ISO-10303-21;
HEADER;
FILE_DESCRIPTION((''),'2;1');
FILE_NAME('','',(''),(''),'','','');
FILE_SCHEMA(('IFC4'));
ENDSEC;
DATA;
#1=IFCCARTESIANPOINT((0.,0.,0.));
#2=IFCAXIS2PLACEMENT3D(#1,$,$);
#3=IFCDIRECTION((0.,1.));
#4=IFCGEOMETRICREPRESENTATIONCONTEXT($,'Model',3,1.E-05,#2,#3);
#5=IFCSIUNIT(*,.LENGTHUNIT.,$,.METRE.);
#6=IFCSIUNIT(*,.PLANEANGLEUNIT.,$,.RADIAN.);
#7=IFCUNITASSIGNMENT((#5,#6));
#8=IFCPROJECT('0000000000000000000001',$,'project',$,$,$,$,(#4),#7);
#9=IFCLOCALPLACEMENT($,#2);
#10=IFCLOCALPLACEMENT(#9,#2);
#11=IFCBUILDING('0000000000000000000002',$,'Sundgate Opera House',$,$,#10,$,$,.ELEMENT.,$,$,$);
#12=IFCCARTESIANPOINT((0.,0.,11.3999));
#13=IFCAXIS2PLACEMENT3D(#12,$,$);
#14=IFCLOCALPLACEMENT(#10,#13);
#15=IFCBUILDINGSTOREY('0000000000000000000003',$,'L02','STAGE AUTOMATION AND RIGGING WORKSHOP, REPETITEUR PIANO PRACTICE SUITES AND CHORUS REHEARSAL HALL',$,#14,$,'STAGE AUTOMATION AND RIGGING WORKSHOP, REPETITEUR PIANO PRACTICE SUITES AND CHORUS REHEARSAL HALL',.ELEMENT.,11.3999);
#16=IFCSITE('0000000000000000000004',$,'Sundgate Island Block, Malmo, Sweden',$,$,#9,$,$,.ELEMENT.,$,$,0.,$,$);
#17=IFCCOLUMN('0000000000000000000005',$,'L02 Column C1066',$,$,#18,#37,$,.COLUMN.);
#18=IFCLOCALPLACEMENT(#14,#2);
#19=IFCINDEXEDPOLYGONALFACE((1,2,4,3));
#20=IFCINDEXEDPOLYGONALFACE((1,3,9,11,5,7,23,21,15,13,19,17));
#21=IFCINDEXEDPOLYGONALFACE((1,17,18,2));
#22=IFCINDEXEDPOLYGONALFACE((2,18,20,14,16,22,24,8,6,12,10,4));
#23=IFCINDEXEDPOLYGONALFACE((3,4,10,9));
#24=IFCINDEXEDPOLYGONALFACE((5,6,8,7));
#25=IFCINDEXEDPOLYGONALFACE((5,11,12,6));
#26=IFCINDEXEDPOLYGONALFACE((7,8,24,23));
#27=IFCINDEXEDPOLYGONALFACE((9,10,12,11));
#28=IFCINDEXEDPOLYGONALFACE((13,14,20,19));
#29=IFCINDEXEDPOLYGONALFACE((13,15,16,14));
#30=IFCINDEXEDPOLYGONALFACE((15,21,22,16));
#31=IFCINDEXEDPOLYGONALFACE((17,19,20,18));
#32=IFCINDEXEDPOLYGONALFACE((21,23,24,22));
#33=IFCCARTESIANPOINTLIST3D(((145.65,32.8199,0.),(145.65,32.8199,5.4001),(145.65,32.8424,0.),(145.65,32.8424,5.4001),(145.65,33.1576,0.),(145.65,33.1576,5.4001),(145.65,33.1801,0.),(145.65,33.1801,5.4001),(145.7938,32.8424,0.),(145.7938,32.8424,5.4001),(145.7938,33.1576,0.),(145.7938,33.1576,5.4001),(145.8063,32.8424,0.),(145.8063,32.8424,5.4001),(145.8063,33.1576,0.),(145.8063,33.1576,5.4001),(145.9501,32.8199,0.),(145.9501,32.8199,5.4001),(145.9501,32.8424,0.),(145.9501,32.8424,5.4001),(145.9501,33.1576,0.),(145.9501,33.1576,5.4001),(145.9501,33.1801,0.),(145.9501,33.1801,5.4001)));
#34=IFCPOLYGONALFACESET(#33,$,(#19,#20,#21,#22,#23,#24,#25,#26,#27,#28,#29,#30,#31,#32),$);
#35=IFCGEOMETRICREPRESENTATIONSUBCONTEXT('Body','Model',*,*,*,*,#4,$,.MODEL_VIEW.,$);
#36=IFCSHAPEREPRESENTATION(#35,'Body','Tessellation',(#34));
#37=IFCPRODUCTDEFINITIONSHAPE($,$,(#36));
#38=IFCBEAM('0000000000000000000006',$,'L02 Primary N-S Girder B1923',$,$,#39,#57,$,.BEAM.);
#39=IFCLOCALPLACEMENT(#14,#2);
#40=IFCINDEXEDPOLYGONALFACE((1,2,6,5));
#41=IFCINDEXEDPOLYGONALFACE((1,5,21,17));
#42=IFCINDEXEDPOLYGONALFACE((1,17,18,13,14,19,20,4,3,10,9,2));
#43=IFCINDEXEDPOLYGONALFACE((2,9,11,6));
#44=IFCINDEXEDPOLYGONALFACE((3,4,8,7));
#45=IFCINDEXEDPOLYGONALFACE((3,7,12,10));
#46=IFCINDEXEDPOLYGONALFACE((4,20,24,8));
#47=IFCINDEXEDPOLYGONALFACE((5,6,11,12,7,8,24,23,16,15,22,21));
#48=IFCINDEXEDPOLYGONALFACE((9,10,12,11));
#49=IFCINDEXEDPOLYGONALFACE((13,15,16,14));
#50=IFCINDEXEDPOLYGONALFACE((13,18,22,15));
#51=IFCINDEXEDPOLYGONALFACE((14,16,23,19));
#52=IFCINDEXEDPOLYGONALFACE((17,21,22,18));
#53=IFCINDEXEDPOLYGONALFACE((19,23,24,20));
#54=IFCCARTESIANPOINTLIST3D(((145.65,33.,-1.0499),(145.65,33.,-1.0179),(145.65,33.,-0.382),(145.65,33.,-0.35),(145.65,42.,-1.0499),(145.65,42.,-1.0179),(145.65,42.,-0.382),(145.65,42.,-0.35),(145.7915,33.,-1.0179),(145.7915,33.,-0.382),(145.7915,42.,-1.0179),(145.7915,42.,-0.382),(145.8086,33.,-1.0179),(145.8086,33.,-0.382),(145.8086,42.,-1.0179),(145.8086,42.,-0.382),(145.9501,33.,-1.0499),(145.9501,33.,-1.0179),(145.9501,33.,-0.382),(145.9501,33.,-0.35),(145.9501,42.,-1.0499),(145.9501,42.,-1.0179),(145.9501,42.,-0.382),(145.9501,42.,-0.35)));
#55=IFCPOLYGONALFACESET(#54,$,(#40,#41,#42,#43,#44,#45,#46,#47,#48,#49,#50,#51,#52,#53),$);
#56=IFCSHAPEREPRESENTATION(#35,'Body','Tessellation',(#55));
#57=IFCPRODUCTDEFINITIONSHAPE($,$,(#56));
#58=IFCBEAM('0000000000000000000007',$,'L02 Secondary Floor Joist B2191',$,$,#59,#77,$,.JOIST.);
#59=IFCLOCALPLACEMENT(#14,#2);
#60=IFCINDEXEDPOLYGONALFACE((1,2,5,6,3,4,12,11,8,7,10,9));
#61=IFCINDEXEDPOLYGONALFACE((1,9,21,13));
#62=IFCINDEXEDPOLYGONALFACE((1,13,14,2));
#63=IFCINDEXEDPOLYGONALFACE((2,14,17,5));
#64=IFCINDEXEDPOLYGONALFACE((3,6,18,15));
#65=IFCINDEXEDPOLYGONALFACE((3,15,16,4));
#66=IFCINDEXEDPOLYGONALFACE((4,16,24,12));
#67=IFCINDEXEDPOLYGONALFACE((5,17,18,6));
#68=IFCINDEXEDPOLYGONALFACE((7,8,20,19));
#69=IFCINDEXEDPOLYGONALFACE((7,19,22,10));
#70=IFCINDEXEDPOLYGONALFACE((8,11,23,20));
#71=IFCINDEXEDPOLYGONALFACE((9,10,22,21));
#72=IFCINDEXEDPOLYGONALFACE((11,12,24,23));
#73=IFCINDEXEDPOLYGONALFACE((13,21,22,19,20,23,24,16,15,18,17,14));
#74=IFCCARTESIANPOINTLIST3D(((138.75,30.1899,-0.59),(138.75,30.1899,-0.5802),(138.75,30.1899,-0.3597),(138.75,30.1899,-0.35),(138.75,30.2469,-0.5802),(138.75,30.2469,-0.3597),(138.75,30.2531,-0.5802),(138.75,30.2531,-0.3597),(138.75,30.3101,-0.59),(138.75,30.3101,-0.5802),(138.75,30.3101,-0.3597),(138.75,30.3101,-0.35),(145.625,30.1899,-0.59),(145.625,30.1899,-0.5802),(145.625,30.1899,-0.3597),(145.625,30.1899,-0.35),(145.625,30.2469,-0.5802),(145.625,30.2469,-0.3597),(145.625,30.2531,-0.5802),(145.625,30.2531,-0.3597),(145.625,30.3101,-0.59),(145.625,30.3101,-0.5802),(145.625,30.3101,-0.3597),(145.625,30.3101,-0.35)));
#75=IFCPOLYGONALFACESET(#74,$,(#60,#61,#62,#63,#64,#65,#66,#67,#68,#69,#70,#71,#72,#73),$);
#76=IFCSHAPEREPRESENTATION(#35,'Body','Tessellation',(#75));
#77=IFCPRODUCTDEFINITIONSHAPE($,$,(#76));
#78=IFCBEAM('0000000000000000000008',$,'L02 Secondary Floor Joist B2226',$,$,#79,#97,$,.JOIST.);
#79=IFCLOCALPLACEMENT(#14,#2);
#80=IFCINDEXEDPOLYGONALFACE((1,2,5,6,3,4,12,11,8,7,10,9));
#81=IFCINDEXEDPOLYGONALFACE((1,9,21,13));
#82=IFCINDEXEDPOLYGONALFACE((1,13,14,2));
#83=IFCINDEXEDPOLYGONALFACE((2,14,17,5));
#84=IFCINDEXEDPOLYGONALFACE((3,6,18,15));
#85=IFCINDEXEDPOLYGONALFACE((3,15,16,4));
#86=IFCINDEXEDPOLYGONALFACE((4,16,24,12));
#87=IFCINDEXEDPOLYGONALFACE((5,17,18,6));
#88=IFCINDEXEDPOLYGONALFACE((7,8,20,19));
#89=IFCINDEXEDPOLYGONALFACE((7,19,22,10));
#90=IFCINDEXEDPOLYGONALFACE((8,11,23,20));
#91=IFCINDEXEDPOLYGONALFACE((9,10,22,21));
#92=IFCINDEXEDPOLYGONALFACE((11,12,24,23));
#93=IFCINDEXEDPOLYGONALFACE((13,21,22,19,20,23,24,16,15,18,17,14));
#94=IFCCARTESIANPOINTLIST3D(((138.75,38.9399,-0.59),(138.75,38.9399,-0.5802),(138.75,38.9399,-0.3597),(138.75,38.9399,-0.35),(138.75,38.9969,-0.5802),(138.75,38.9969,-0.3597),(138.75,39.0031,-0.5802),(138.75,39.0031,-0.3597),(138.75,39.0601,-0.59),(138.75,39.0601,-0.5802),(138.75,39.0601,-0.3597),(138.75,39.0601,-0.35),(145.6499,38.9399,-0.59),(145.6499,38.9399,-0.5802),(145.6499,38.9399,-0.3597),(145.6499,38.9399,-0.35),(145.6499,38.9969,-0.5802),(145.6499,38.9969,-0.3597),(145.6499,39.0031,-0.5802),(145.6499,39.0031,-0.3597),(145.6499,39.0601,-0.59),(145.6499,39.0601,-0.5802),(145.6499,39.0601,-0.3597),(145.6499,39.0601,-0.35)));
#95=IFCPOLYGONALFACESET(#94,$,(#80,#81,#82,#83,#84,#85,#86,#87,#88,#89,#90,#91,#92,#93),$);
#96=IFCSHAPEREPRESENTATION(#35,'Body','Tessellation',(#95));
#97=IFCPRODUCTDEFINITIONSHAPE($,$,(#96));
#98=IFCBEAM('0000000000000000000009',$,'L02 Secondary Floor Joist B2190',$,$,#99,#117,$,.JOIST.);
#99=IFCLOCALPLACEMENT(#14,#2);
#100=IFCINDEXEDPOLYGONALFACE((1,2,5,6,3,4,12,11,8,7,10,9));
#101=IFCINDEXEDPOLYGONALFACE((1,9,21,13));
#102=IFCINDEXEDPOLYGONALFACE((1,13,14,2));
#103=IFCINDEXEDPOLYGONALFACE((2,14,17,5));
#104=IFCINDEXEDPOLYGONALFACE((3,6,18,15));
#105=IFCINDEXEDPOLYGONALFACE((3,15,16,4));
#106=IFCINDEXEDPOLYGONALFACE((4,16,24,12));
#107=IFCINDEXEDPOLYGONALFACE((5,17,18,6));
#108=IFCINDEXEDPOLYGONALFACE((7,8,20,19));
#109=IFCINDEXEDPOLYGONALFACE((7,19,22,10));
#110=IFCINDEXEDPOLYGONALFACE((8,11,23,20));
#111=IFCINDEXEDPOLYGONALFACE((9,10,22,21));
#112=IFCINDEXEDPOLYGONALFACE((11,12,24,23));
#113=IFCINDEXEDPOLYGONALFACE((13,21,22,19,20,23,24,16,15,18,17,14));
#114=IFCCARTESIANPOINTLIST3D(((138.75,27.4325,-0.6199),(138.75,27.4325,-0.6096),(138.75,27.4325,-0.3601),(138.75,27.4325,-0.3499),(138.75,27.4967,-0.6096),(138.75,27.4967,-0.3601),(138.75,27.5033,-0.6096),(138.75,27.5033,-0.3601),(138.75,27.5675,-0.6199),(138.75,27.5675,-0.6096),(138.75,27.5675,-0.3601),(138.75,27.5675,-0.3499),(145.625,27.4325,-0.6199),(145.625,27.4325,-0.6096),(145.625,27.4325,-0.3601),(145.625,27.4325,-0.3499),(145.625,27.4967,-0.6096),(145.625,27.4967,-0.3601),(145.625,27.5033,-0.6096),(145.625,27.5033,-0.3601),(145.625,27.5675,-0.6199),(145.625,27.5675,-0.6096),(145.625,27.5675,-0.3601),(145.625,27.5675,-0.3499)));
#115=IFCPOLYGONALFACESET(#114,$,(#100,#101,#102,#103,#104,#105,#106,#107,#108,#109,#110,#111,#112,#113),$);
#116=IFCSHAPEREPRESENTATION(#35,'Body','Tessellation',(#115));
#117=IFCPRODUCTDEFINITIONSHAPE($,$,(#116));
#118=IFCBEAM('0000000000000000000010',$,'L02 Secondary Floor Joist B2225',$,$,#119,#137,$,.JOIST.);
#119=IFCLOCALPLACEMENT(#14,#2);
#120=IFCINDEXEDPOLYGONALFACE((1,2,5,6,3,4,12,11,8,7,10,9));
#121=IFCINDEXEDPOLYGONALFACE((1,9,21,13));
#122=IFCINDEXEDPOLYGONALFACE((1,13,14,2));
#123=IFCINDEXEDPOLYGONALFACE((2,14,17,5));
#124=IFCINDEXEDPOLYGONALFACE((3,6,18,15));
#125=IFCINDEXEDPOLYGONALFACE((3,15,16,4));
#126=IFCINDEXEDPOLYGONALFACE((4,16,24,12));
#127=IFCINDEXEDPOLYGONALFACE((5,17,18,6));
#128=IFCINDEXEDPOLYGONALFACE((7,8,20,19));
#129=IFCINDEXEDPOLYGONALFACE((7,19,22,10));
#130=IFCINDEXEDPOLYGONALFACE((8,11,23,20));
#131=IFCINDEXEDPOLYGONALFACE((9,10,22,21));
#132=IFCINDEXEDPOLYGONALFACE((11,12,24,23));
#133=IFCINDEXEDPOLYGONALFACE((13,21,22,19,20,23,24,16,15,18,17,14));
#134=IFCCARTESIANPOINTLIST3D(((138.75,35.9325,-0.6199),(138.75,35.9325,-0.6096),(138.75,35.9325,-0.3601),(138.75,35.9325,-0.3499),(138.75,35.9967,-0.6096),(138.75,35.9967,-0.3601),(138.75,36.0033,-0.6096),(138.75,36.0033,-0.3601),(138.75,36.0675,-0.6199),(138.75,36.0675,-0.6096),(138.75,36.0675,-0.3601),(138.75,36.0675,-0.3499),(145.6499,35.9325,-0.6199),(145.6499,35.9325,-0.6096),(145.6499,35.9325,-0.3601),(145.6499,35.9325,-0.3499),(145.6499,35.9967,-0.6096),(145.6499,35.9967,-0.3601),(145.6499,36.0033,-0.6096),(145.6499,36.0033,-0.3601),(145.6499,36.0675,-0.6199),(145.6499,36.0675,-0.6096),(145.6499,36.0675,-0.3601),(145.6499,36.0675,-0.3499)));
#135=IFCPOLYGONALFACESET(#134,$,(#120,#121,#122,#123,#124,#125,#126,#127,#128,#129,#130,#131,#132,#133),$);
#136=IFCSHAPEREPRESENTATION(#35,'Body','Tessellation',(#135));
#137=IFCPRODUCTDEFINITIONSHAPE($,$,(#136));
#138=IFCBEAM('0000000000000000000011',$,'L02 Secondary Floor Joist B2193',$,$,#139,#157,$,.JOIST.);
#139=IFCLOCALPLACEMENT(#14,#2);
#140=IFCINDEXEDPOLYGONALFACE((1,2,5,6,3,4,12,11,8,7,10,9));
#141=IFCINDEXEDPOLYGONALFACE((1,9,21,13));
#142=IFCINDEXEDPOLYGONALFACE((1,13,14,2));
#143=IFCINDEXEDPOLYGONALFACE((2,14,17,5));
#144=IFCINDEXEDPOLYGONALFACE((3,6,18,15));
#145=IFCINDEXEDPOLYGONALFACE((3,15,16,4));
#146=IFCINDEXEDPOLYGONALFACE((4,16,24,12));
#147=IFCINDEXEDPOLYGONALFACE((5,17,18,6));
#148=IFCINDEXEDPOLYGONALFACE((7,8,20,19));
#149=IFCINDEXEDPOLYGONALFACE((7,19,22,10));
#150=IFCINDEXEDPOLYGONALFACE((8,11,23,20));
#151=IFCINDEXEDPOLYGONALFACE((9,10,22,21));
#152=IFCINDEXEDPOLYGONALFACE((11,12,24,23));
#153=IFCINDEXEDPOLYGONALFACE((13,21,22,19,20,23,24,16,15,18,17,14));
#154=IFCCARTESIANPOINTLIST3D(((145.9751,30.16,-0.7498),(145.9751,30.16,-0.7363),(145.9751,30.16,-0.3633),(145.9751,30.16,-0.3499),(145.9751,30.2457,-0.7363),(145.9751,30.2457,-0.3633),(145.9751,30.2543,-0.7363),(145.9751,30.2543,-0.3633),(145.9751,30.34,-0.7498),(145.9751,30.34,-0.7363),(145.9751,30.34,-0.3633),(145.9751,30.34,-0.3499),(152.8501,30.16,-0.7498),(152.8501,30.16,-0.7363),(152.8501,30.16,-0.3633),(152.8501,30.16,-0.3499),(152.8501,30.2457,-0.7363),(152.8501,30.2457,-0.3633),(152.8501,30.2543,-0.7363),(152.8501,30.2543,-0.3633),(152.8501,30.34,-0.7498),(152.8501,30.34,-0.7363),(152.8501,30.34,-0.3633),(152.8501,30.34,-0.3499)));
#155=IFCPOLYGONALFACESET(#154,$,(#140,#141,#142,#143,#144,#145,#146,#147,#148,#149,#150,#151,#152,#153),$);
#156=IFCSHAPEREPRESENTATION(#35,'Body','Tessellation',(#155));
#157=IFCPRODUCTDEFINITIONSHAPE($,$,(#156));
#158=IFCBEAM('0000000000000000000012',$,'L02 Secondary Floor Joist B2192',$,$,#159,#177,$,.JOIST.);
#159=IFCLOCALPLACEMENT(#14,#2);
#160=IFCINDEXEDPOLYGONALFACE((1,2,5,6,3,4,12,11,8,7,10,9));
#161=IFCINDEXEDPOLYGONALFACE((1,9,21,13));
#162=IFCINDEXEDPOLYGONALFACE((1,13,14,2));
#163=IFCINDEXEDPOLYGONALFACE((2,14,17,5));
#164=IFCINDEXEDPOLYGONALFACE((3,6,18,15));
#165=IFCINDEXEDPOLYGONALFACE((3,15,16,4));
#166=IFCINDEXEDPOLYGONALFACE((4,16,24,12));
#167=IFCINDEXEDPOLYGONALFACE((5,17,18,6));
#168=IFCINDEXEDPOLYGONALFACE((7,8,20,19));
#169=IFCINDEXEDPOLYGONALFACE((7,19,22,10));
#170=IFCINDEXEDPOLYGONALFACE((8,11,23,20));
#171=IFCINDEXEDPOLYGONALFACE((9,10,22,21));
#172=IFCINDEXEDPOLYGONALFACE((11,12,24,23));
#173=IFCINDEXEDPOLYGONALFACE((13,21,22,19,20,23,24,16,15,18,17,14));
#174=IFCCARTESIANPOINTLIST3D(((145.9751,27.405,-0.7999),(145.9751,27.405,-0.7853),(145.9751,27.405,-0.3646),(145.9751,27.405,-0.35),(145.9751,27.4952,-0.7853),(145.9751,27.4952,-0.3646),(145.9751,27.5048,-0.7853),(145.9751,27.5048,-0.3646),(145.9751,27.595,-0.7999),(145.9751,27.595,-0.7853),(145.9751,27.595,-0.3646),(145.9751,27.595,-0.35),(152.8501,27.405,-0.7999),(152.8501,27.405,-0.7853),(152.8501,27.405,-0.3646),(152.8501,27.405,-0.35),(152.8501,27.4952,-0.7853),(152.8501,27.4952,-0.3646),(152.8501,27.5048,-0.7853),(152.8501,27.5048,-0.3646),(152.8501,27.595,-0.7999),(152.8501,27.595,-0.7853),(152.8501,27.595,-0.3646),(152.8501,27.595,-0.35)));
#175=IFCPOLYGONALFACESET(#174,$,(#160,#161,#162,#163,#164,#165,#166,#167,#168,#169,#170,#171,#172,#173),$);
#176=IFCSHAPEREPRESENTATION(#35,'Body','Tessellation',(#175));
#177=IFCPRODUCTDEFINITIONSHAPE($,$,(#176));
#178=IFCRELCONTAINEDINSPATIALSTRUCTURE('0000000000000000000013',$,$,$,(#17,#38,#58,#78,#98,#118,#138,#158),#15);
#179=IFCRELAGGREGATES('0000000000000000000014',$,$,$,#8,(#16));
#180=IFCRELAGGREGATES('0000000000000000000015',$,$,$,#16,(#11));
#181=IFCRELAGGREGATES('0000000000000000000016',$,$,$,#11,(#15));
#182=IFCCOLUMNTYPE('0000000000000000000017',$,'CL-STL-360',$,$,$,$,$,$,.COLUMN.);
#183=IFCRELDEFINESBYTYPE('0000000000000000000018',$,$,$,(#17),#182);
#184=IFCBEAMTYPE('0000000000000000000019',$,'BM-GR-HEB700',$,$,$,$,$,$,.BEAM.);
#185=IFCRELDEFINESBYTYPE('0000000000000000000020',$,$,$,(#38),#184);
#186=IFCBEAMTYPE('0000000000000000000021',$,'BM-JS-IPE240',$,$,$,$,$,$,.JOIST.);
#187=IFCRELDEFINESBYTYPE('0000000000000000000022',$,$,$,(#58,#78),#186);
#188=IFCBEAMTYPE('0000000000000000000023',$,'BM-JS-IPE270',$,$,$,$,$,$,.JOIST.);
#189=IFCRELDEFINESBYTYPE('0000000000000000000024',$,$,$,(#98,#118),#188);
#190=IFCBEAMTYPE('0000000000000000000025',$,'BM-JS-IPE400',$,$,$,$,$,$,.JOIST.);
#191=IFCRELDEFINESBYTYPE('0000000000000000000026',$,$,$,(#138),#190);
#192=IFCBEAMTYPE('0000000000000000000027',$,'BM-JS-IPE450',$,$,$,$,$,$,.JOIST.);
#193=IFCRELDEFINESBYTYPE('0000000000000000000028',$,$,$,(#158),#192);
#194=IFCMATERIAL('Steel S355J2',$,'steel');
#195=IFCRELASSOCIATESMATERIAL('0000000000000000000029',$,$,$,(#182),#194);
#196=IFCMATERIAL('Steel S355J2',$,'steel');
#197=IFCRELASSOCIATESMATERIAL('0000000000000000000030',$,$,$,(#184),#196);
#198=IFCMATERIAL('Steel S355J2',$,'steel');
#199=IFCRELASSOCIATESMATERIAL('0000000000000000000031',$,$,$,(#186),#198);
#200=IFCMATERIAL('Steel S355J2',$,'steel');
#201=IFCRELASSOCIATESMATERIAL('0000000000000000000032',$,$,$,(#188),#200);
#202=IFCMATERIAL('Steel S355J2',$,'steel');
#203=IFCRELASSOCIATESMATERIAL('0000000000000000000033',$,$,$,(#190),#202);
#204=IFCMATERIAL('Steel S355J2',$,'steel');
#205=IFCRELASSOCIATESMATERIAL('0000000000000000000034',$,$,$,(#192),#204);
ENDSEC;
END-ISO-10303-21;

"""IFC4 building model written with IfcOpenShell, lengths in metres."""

from ifc_helpers import new_model, si_unit, direction, frame, origin, origin_2d, place, context, subcontext, project, spatial, i_section, extrude, material, material_profile, profile_set, type_object, element, save


model = new_model("IFC4")

# Units and contexts
model_context = context("Model", 3, precision=1e-05, world=origin(), true_north=direction((0.0, 1.0)))
body_context = subcontext(model_context, "Body", "Model", "MODEL_VIEW")
ifc_project = project(units=[si_unit("LENGTHUNIT", "METRE"), si_unit("PLANEANGLEUNIT", "RADIAN")], contexts=[model_context])

# Site, building, storey
site_placement = place(None, origin())
site = spatial("IfcSite", under=ifc_project, at=site_placement, Name="Sundgate Island Block, Malmo, Sweden", CompositionType="ELEMENT", RefElevation=0.0)
building_placement = place(site_placement, origin())
building = spatial("IfcBuilding", under=site, at=building_placement, Name="Sundgate Opera House", CompositionType="ELEMENT")
storey_placement = place(building_placement, frame((0.0, 0.0, 11.3999)))
storey = spatial("IfcBuildingStorey", under=building, at=storey_placement, Name="L02", Description="STAGE AUTOMATION AND RIGGING WORKSHOP, REPETITEUR PIANO PRACTICE SUITES AND CHORUS REHEARSAL HALL", LongName="STAGE AUTOMATION AND RIGGING WORKSHOP, REPETITEUR PIANO PRACTICE SUITES AND CHORUS REHEARSAL HALL", CompositionType="ELEMENT", Elevation=11.3999)

# Column
ifc_material_1 = material(Name="Steel S355J2", Category="steel")
ifc_material_profile_1 = material_profile(ifc_material_1, i_section(OverallWidth=0.3, OverallDepth=0.3601, WebThickness=0.0125, FlangeThickness=0.0225, at=origin_2d()), Name="HEB 360")
ifc_profile_set_1 = profile_set([ifc_material_profile_1], Name="Steel S355J2")
column_type = type_object("IfcColumnType", Name="CL-STL-360", PredefinedType="COLUMN", material=ifc_profile_set_1)
column_placement = place(storey_placement, frame((145.8, 33.0, 0.0), z_axis=(0.0, 0.0, 1.0), x_axis=(1.0, 0.0, 0.0)))
element("IfcColumn", 1, at=column_placement, inside=storey, type_object=column_type, Name="L02 Column C1066", PredefinedType="COLUMN", context=body_context, shape_type="SweptSolid", body=[
    extrude(i_section(OverallWidth=0.3, OverallDepth=0.3601, WebThickness=0.0125, FlangeThickness=0.0225, at=origin_2d()), origin(), (0.0, 0.0, 1.0), 5.4001),
])

# Beams
ifc_material_2 = material(Name="Steel S355J2", Category="steel")
ifc_material_profile_2 = material_profile(ifc_material_2, i_section(OverallWidth=0.3, OverallDepth=0.7, WebThickness=0.0171, FlangeThickness=0.032, at=origin_2d()), Name="HEB 700")
ifc_profile_set_2 = profile_set([ifc_material_profile_2], Name="Steel S355J2")
beam_type_1 = type_object("IfcBeamType", Name="BM-GR-HEB700", PredefinedType="BEAM", material=ifc_profile_set_2)
beam_1_placement = place(storey_placement, frame((145.8, 33.0, -0.7), z_axis=(0.0, 1.0, 0.0), x_axis=(-1.0, 0.0, 0.0)))
element("IfcBeam", 2, at=beam_1_placement, inside=storey, type_object=beam_type_1, Name="L02 Primary N-S Girder B1923", PredefinedType="BEAM", context=body_context, shape_type="SweptSolid", body=[
    extrude(i_section(OverallWidth=0.3, OverallDepth=0.7, WebThickness=0.0171, FlangeThickness=0.032, at=origin_2d()), origin(), (0.0, 0.0, 1.0), 9.0),
])
ifc_material_3 = material(Name="Steel S355J2", Category="steel")
ifc_material_profile_3 = material_profile(ifc_material_3, i_section(OverallWidth=0.1201, OverallDepth=0.24, WebThickness=0.0061, FlangeThickness=0.0098, at=origin_2d()), Name="IPE 240")
ifc_profile_set_3 = profile_set([ifc_material_profile_3], Name="Steel S355J2")
beam_type_2 = type_object("IfcBeamType", Name="BM-JS-IPE240", PredefinedType="JOIST", material=ifc_profile_set_3)
beam_2_placement = place(storey_placement, frame((138.75, 30.25, -0.47), z_axis=(1.0, 0.0, 0.0), x_axis=(0.0, 1.0, 0.0)))
element("IfcBeam", 3, at=beam_2_placement, inside=storey, type_object=beam_type_2, Name="L02 Secondary Floor Joist B2191", PredefinedType="JOIST", context=body_context, shape_type="SweptSolid", body=[
    extrude(i_section(OverallWidth=0.1201, OverallDepth=0.24, WebThickness=0.0061, FlangeThickness=0.0098, at=origin_2d()), origin(), (0.0, 0.0, 1.0), 6.875),
])
beam_3_placement = place(storey_placement, frame((138.75, 39.0, -0.47), z_axis=(1.0, 0.0, 0.0), x_axis=(0.0, 1.0, 0.0)))
element("IfcBeam", 4, at=beam_3_placement, inside=storey, type_object=beam_type_2, Name="L02 Secondary Floor Joist B2226", PredefinedType="JOIST", context=body_context, shape_type="SweptSolid", body=[
    extrude(i_section(OverallWidth=0.1201, OverallDepth=0.24, WebThickness=0.0061, FlangeThickness=0.0098, at=origin_2d()), origin(), (0.0, 0.0, 1.0), 6.8999),
])
ifc_material_4 = material(Name="Steel S355J2", Category="steel")
ifc_material_profile_4 = material_profile(ifc_material_4, i_section(OverallWidth=0.135, OverallDepth=0.27, WebThickness=0.0066, FlangeThickness=0.0103, at=origin_2d()), Name="IPE 270")
ifc_profile_set_4 = profile_set([ifc_material_profile_4], Name="Steel S355J2")
beam_type_3 = type_object("IfcBeamType", Name="BM-JS-IPE270", PredefinedType="JOIST", material=ifc_profile_set_4)
beam_4_placement = place(storey_placement, frame((138.75, 27.5, -0.4849), z_axis=(1.0, 0.0, 0.0), x_axis=(0.0, 1.0, 0.0)))
element("IfcBeam", 5, at=beam_4_placement, inside=storey, type_object=beam_type_3, Name="L02 Secondary Floor Joist B2190", PredefinedType="JOIST", context=body_context, shape_type="SweptSolid", body=[
    extrude(i_section(OverallWidth=0.135, OverallDepth=0.27, WebThickness=0.0066, FlangeThickness=0.0103, at=origin_2d()), origin(), (0.0, 0.0, 1.0), 6.875),
])
beam_5_placement = place(storey_placement, frame((138.75, 36.0, -0.4849), z_axis=(1.0, 0.0, 0.0), x_axis=(0.0, 1.0, 0.0)))
element("IfcBeam", 6, at=beam_5_placement, inside=storey, type_object=beam_type_3, Name="L02 Secondary Floor Joist B2225", PredefinedType="JOIST", context=body_context, shape_type="SweptSolid", body=[
    extrude(i_section(OverallWidth=0.135, OverallDepth=0.27, WebThickness=0.0066, FlangeThickness=0.0103, at=origin_2d()), origin(), (0.0, 0.0, 1.0), 6.8999),
])
ifc_material_5 = material(Name="Steel S355J2", Category="steel")
ifc_material_profile_5 = material_profile(ifc_material_5, i_section(OverallWidth=0.1799, OverallDepth=0.3999, WebThickness=0.0085, FlangeThickness=0.0134, at=origin_2d()), Name="IPE 400")
ifc_profile_set_5 = profile_set([ifc_material_profile_5], Name="Steel S355J2")
beam_type_4 = type_object("IfcBeamType", Name="BM-JS-IPE400", PredefinedType="JOIST", material=ifc_profile_set_5)
beam_6_placement = place(storey_placement, frame((145.9751, 30.25, -0.5498), z_axis=(1.0, 0.0, 0.0), x_axis=(0.0, 1.0, 0.0)))
element("IfcBeam", 7, at=beam_6_placement, inside=storey, type_object=beam_type_4, Name="L02 Secondary Floor Joist B2193", PredefinedType="JOIST", context=body_context, shape_type="SweptSolid", body=[
    extrude(i_section(OverallWidth=0.1799, OverallDepth=0.3999, WebThickness=0.0085, FlangeThickness=0.0134, at=origin_2d()), origin(), (0.0, 0.0, 1.0), 6.875),
])
ifc_material_6 = material(Name="Steel S355J2", Category="steel")
ifc_material_profile_6 = material_profile(ifc_material_6, i_section(OverallWidth=0.1899, OverallDepth=0.45, WebThickness=0.0095, FlangeThickness=0.0146, at=origin_2d()), Name="IPE 450")
ifc_profile_set_6 = profile_set([ifc_material_profile_6], Name="Steel S355J2")
beam_type_5 = type_object("IfcBeamType", Name="BM-JS-IPE450", PredefinedType="JOIST", material=ifc_profile_set_6)
beam_7_placement = place(storey_placement, frame((145.9751, 27.5, -0.575), z_axis=(1.0, 0.0, 0.0), x_axis=(0.0, 1.0, 0.0)))
element("IfcBeam", 8, at=beam_7_placement, inside=storey, type_object=beam_type_5, Name="L02 Secondary Floor Joist B2192", PredefinedType="JOIST", context=body_context, shape_type="SweptSolid", body=[
    extrude(i_section(OverallWidth=0.1899, OverallDepth=0.45, WebThickness=0.0095, FlangeThickness=0.0146, at=origin_2d()), origin(), (0.0, 0.0, 1.0), 6.875),
])

save(model, "model.ifc")
